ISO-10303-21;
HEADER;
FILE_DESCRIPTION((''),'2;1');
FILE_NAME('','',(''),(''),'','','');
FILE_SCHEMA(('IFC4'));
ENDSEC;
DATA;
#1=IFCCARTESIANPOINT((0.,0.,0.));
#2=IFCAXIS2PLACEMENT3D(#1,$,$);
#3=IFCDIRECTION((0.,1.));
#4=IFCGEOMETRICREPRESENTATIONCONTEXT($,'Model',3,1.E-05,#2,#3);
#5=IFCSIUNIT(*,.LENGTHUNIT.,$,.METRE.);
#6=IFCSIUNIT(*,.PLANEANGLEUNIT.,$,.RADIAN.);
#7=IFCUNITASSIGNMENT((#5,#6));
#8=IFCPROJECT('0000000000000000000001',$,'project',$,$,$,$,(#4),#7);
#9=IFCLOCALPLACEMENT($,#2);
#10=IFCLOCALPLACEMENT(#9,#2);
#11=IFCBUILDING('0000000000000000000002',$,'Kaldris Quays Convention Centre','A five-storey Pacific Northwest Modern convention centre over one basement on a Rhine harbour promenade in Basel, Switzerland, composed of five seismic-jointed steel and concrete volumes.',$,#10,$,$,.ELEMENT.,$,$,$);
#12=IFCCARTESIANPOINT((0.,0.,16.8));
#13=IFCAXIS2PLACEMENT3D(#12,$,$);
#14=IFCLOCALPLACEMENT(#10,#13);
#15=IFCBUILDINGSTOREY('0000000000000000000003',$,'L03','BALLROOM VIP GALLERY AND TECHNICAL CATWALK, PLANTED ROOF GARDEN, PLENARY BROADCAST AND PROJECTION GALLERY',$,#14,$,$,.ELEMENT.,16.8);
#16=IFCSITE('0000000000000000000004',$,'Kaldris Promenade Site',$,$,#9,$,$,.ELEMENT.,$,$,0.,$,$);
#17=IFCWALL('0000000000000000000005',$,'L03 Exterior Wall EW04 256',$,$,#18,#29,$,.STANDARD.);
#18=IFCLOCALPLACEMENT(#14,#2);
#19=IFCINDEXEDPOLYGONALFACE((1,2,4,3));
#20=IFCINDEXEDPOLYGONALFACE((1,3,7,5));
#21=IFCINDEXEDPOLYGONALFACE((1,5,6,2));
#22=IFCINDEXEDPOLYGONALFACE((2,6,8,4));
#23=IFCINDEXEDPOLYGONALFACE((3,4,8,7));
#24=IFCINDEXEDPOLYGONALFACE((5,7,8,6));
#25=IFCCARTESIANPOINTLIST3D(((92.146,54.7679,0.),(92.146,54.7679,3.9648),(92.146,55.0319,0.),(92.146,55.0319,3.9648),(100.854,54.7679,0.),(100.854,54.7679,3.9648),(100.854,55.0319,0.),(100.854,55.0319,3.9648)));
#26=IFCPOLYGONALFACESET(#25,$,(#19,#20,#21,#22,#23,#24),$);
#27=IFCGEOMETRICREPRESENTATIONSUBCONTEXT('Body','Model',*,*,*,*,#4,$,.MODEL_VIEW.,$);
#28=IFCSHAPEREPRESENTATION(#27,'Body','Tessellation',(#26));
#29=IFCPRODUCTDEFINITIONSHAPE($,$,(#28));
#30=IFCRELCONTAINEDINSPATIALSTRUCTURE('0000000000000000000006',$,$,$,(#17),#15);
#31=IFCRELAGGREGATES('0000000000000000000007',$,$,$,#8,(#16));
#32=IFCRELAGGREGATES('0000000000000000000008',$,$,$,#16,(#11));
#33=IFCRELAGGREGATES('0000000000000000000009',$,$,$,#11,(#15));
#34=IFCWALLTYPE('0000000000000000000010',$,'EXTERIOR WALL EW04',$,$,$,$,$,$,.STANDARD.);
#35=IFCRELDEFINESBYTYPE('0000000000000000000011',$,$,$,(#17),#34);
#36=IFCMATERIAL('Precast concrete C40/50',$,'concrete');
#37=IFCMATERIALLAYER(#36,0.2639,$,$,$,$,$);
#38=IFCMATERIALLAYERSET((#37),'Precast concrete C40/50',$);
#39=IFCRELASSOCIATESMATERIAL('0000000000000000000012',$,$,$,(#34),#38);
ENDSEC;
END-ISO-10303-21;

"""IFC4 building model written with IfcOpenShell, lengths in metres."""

from ifc_helpers import new_model, si_unit, direction, frame, frame_2d, origin, place, context, subcontext, project, spatial, rectangle, extrude, material, layer, layer_set, type_object, element, save


model = new_model("IFC4")

# Units and contexts
model_context = context("Model", 3, precision=1e-05, world=origin(), true_north=direction((0.0, 1.0)))
body_context = subcontext(model_context, "Body", "Model", "MODEL_VIEW")
ifc_project = project(units=[si_unit("LENGTHUNIT", "METRE"), si_unit("PLANEANGLEUNIT", "RADIAN")], contexts=[model_context])

# Site, building, storey
site_placement = place(None, origin())
site = spatial("IfcSite", under=ifc_project, at=site_placement, Name="Kaldris Promenade Site", CompositionType="ELEMENT", RefElevation=0.0)
building_placement = place(site_placement, origin())
building = spatial("IfcBuilding", under=site, at=building_placement, Name="Kaldris Quays Convention Centre", Description="A five-storey Pacific Northwest Modern convention centre over one basement on a Rhine harbour promenade in Basel, Switzerland, composed of five seismic-jointed steel and concrete volumes.", CompositionType="ELEMENT")
storey_placement = place(building_placement, frame((0.0, 0.0, 16.8)))
storey = spatial("IfcBuildingStorey", under=building, at=storey_placement, Name="L03", Description="BALLROOM VIP GALLERY AND TECHNICAL CATWALK, PLANTED ROOF GARDEN, PLENARY BROADCAST AND PROJECTION GALLERY", CompositionType="ELEMENT", Elevation=16.8)

# Wall
ifc_material_1 = material(Name="Precast concrete C40/50", Category="concrete")
ifc_layer = layer(ifc_material_1, 0.2639)
ifc_layer_set = layer_set([ifc_layer], Name="Precast concrete C40/50")
wall_type = type_object("IfcWallType", Name="EXTERIOR WALL EW04", PredefinedType="STANDARD", material=ifc_layer_set)
wall_1_placement = place(storey_placement, frame((92.146, 54.8999, 0.0), z_axis=(0.0, 0.0, 1.0), x_axis=(1.0, 0.0, 0.0)))
element("IfcWall", 1, at=wall_1_placement, inside=storey, type_object=wall_type, Name="L03 Exterior Wall EW04 256", PredefinedType="STANDARD", context=body_context, shape_type="SweptSolid", body=[
    extrude(rectangle(XDim=8.708, YDim=0.2639, at=frame_2d((4.354, 0.0))), origin(), (0.0, 0.0, 1.0), 3.9648),
])

save(model, "model.ifc")
